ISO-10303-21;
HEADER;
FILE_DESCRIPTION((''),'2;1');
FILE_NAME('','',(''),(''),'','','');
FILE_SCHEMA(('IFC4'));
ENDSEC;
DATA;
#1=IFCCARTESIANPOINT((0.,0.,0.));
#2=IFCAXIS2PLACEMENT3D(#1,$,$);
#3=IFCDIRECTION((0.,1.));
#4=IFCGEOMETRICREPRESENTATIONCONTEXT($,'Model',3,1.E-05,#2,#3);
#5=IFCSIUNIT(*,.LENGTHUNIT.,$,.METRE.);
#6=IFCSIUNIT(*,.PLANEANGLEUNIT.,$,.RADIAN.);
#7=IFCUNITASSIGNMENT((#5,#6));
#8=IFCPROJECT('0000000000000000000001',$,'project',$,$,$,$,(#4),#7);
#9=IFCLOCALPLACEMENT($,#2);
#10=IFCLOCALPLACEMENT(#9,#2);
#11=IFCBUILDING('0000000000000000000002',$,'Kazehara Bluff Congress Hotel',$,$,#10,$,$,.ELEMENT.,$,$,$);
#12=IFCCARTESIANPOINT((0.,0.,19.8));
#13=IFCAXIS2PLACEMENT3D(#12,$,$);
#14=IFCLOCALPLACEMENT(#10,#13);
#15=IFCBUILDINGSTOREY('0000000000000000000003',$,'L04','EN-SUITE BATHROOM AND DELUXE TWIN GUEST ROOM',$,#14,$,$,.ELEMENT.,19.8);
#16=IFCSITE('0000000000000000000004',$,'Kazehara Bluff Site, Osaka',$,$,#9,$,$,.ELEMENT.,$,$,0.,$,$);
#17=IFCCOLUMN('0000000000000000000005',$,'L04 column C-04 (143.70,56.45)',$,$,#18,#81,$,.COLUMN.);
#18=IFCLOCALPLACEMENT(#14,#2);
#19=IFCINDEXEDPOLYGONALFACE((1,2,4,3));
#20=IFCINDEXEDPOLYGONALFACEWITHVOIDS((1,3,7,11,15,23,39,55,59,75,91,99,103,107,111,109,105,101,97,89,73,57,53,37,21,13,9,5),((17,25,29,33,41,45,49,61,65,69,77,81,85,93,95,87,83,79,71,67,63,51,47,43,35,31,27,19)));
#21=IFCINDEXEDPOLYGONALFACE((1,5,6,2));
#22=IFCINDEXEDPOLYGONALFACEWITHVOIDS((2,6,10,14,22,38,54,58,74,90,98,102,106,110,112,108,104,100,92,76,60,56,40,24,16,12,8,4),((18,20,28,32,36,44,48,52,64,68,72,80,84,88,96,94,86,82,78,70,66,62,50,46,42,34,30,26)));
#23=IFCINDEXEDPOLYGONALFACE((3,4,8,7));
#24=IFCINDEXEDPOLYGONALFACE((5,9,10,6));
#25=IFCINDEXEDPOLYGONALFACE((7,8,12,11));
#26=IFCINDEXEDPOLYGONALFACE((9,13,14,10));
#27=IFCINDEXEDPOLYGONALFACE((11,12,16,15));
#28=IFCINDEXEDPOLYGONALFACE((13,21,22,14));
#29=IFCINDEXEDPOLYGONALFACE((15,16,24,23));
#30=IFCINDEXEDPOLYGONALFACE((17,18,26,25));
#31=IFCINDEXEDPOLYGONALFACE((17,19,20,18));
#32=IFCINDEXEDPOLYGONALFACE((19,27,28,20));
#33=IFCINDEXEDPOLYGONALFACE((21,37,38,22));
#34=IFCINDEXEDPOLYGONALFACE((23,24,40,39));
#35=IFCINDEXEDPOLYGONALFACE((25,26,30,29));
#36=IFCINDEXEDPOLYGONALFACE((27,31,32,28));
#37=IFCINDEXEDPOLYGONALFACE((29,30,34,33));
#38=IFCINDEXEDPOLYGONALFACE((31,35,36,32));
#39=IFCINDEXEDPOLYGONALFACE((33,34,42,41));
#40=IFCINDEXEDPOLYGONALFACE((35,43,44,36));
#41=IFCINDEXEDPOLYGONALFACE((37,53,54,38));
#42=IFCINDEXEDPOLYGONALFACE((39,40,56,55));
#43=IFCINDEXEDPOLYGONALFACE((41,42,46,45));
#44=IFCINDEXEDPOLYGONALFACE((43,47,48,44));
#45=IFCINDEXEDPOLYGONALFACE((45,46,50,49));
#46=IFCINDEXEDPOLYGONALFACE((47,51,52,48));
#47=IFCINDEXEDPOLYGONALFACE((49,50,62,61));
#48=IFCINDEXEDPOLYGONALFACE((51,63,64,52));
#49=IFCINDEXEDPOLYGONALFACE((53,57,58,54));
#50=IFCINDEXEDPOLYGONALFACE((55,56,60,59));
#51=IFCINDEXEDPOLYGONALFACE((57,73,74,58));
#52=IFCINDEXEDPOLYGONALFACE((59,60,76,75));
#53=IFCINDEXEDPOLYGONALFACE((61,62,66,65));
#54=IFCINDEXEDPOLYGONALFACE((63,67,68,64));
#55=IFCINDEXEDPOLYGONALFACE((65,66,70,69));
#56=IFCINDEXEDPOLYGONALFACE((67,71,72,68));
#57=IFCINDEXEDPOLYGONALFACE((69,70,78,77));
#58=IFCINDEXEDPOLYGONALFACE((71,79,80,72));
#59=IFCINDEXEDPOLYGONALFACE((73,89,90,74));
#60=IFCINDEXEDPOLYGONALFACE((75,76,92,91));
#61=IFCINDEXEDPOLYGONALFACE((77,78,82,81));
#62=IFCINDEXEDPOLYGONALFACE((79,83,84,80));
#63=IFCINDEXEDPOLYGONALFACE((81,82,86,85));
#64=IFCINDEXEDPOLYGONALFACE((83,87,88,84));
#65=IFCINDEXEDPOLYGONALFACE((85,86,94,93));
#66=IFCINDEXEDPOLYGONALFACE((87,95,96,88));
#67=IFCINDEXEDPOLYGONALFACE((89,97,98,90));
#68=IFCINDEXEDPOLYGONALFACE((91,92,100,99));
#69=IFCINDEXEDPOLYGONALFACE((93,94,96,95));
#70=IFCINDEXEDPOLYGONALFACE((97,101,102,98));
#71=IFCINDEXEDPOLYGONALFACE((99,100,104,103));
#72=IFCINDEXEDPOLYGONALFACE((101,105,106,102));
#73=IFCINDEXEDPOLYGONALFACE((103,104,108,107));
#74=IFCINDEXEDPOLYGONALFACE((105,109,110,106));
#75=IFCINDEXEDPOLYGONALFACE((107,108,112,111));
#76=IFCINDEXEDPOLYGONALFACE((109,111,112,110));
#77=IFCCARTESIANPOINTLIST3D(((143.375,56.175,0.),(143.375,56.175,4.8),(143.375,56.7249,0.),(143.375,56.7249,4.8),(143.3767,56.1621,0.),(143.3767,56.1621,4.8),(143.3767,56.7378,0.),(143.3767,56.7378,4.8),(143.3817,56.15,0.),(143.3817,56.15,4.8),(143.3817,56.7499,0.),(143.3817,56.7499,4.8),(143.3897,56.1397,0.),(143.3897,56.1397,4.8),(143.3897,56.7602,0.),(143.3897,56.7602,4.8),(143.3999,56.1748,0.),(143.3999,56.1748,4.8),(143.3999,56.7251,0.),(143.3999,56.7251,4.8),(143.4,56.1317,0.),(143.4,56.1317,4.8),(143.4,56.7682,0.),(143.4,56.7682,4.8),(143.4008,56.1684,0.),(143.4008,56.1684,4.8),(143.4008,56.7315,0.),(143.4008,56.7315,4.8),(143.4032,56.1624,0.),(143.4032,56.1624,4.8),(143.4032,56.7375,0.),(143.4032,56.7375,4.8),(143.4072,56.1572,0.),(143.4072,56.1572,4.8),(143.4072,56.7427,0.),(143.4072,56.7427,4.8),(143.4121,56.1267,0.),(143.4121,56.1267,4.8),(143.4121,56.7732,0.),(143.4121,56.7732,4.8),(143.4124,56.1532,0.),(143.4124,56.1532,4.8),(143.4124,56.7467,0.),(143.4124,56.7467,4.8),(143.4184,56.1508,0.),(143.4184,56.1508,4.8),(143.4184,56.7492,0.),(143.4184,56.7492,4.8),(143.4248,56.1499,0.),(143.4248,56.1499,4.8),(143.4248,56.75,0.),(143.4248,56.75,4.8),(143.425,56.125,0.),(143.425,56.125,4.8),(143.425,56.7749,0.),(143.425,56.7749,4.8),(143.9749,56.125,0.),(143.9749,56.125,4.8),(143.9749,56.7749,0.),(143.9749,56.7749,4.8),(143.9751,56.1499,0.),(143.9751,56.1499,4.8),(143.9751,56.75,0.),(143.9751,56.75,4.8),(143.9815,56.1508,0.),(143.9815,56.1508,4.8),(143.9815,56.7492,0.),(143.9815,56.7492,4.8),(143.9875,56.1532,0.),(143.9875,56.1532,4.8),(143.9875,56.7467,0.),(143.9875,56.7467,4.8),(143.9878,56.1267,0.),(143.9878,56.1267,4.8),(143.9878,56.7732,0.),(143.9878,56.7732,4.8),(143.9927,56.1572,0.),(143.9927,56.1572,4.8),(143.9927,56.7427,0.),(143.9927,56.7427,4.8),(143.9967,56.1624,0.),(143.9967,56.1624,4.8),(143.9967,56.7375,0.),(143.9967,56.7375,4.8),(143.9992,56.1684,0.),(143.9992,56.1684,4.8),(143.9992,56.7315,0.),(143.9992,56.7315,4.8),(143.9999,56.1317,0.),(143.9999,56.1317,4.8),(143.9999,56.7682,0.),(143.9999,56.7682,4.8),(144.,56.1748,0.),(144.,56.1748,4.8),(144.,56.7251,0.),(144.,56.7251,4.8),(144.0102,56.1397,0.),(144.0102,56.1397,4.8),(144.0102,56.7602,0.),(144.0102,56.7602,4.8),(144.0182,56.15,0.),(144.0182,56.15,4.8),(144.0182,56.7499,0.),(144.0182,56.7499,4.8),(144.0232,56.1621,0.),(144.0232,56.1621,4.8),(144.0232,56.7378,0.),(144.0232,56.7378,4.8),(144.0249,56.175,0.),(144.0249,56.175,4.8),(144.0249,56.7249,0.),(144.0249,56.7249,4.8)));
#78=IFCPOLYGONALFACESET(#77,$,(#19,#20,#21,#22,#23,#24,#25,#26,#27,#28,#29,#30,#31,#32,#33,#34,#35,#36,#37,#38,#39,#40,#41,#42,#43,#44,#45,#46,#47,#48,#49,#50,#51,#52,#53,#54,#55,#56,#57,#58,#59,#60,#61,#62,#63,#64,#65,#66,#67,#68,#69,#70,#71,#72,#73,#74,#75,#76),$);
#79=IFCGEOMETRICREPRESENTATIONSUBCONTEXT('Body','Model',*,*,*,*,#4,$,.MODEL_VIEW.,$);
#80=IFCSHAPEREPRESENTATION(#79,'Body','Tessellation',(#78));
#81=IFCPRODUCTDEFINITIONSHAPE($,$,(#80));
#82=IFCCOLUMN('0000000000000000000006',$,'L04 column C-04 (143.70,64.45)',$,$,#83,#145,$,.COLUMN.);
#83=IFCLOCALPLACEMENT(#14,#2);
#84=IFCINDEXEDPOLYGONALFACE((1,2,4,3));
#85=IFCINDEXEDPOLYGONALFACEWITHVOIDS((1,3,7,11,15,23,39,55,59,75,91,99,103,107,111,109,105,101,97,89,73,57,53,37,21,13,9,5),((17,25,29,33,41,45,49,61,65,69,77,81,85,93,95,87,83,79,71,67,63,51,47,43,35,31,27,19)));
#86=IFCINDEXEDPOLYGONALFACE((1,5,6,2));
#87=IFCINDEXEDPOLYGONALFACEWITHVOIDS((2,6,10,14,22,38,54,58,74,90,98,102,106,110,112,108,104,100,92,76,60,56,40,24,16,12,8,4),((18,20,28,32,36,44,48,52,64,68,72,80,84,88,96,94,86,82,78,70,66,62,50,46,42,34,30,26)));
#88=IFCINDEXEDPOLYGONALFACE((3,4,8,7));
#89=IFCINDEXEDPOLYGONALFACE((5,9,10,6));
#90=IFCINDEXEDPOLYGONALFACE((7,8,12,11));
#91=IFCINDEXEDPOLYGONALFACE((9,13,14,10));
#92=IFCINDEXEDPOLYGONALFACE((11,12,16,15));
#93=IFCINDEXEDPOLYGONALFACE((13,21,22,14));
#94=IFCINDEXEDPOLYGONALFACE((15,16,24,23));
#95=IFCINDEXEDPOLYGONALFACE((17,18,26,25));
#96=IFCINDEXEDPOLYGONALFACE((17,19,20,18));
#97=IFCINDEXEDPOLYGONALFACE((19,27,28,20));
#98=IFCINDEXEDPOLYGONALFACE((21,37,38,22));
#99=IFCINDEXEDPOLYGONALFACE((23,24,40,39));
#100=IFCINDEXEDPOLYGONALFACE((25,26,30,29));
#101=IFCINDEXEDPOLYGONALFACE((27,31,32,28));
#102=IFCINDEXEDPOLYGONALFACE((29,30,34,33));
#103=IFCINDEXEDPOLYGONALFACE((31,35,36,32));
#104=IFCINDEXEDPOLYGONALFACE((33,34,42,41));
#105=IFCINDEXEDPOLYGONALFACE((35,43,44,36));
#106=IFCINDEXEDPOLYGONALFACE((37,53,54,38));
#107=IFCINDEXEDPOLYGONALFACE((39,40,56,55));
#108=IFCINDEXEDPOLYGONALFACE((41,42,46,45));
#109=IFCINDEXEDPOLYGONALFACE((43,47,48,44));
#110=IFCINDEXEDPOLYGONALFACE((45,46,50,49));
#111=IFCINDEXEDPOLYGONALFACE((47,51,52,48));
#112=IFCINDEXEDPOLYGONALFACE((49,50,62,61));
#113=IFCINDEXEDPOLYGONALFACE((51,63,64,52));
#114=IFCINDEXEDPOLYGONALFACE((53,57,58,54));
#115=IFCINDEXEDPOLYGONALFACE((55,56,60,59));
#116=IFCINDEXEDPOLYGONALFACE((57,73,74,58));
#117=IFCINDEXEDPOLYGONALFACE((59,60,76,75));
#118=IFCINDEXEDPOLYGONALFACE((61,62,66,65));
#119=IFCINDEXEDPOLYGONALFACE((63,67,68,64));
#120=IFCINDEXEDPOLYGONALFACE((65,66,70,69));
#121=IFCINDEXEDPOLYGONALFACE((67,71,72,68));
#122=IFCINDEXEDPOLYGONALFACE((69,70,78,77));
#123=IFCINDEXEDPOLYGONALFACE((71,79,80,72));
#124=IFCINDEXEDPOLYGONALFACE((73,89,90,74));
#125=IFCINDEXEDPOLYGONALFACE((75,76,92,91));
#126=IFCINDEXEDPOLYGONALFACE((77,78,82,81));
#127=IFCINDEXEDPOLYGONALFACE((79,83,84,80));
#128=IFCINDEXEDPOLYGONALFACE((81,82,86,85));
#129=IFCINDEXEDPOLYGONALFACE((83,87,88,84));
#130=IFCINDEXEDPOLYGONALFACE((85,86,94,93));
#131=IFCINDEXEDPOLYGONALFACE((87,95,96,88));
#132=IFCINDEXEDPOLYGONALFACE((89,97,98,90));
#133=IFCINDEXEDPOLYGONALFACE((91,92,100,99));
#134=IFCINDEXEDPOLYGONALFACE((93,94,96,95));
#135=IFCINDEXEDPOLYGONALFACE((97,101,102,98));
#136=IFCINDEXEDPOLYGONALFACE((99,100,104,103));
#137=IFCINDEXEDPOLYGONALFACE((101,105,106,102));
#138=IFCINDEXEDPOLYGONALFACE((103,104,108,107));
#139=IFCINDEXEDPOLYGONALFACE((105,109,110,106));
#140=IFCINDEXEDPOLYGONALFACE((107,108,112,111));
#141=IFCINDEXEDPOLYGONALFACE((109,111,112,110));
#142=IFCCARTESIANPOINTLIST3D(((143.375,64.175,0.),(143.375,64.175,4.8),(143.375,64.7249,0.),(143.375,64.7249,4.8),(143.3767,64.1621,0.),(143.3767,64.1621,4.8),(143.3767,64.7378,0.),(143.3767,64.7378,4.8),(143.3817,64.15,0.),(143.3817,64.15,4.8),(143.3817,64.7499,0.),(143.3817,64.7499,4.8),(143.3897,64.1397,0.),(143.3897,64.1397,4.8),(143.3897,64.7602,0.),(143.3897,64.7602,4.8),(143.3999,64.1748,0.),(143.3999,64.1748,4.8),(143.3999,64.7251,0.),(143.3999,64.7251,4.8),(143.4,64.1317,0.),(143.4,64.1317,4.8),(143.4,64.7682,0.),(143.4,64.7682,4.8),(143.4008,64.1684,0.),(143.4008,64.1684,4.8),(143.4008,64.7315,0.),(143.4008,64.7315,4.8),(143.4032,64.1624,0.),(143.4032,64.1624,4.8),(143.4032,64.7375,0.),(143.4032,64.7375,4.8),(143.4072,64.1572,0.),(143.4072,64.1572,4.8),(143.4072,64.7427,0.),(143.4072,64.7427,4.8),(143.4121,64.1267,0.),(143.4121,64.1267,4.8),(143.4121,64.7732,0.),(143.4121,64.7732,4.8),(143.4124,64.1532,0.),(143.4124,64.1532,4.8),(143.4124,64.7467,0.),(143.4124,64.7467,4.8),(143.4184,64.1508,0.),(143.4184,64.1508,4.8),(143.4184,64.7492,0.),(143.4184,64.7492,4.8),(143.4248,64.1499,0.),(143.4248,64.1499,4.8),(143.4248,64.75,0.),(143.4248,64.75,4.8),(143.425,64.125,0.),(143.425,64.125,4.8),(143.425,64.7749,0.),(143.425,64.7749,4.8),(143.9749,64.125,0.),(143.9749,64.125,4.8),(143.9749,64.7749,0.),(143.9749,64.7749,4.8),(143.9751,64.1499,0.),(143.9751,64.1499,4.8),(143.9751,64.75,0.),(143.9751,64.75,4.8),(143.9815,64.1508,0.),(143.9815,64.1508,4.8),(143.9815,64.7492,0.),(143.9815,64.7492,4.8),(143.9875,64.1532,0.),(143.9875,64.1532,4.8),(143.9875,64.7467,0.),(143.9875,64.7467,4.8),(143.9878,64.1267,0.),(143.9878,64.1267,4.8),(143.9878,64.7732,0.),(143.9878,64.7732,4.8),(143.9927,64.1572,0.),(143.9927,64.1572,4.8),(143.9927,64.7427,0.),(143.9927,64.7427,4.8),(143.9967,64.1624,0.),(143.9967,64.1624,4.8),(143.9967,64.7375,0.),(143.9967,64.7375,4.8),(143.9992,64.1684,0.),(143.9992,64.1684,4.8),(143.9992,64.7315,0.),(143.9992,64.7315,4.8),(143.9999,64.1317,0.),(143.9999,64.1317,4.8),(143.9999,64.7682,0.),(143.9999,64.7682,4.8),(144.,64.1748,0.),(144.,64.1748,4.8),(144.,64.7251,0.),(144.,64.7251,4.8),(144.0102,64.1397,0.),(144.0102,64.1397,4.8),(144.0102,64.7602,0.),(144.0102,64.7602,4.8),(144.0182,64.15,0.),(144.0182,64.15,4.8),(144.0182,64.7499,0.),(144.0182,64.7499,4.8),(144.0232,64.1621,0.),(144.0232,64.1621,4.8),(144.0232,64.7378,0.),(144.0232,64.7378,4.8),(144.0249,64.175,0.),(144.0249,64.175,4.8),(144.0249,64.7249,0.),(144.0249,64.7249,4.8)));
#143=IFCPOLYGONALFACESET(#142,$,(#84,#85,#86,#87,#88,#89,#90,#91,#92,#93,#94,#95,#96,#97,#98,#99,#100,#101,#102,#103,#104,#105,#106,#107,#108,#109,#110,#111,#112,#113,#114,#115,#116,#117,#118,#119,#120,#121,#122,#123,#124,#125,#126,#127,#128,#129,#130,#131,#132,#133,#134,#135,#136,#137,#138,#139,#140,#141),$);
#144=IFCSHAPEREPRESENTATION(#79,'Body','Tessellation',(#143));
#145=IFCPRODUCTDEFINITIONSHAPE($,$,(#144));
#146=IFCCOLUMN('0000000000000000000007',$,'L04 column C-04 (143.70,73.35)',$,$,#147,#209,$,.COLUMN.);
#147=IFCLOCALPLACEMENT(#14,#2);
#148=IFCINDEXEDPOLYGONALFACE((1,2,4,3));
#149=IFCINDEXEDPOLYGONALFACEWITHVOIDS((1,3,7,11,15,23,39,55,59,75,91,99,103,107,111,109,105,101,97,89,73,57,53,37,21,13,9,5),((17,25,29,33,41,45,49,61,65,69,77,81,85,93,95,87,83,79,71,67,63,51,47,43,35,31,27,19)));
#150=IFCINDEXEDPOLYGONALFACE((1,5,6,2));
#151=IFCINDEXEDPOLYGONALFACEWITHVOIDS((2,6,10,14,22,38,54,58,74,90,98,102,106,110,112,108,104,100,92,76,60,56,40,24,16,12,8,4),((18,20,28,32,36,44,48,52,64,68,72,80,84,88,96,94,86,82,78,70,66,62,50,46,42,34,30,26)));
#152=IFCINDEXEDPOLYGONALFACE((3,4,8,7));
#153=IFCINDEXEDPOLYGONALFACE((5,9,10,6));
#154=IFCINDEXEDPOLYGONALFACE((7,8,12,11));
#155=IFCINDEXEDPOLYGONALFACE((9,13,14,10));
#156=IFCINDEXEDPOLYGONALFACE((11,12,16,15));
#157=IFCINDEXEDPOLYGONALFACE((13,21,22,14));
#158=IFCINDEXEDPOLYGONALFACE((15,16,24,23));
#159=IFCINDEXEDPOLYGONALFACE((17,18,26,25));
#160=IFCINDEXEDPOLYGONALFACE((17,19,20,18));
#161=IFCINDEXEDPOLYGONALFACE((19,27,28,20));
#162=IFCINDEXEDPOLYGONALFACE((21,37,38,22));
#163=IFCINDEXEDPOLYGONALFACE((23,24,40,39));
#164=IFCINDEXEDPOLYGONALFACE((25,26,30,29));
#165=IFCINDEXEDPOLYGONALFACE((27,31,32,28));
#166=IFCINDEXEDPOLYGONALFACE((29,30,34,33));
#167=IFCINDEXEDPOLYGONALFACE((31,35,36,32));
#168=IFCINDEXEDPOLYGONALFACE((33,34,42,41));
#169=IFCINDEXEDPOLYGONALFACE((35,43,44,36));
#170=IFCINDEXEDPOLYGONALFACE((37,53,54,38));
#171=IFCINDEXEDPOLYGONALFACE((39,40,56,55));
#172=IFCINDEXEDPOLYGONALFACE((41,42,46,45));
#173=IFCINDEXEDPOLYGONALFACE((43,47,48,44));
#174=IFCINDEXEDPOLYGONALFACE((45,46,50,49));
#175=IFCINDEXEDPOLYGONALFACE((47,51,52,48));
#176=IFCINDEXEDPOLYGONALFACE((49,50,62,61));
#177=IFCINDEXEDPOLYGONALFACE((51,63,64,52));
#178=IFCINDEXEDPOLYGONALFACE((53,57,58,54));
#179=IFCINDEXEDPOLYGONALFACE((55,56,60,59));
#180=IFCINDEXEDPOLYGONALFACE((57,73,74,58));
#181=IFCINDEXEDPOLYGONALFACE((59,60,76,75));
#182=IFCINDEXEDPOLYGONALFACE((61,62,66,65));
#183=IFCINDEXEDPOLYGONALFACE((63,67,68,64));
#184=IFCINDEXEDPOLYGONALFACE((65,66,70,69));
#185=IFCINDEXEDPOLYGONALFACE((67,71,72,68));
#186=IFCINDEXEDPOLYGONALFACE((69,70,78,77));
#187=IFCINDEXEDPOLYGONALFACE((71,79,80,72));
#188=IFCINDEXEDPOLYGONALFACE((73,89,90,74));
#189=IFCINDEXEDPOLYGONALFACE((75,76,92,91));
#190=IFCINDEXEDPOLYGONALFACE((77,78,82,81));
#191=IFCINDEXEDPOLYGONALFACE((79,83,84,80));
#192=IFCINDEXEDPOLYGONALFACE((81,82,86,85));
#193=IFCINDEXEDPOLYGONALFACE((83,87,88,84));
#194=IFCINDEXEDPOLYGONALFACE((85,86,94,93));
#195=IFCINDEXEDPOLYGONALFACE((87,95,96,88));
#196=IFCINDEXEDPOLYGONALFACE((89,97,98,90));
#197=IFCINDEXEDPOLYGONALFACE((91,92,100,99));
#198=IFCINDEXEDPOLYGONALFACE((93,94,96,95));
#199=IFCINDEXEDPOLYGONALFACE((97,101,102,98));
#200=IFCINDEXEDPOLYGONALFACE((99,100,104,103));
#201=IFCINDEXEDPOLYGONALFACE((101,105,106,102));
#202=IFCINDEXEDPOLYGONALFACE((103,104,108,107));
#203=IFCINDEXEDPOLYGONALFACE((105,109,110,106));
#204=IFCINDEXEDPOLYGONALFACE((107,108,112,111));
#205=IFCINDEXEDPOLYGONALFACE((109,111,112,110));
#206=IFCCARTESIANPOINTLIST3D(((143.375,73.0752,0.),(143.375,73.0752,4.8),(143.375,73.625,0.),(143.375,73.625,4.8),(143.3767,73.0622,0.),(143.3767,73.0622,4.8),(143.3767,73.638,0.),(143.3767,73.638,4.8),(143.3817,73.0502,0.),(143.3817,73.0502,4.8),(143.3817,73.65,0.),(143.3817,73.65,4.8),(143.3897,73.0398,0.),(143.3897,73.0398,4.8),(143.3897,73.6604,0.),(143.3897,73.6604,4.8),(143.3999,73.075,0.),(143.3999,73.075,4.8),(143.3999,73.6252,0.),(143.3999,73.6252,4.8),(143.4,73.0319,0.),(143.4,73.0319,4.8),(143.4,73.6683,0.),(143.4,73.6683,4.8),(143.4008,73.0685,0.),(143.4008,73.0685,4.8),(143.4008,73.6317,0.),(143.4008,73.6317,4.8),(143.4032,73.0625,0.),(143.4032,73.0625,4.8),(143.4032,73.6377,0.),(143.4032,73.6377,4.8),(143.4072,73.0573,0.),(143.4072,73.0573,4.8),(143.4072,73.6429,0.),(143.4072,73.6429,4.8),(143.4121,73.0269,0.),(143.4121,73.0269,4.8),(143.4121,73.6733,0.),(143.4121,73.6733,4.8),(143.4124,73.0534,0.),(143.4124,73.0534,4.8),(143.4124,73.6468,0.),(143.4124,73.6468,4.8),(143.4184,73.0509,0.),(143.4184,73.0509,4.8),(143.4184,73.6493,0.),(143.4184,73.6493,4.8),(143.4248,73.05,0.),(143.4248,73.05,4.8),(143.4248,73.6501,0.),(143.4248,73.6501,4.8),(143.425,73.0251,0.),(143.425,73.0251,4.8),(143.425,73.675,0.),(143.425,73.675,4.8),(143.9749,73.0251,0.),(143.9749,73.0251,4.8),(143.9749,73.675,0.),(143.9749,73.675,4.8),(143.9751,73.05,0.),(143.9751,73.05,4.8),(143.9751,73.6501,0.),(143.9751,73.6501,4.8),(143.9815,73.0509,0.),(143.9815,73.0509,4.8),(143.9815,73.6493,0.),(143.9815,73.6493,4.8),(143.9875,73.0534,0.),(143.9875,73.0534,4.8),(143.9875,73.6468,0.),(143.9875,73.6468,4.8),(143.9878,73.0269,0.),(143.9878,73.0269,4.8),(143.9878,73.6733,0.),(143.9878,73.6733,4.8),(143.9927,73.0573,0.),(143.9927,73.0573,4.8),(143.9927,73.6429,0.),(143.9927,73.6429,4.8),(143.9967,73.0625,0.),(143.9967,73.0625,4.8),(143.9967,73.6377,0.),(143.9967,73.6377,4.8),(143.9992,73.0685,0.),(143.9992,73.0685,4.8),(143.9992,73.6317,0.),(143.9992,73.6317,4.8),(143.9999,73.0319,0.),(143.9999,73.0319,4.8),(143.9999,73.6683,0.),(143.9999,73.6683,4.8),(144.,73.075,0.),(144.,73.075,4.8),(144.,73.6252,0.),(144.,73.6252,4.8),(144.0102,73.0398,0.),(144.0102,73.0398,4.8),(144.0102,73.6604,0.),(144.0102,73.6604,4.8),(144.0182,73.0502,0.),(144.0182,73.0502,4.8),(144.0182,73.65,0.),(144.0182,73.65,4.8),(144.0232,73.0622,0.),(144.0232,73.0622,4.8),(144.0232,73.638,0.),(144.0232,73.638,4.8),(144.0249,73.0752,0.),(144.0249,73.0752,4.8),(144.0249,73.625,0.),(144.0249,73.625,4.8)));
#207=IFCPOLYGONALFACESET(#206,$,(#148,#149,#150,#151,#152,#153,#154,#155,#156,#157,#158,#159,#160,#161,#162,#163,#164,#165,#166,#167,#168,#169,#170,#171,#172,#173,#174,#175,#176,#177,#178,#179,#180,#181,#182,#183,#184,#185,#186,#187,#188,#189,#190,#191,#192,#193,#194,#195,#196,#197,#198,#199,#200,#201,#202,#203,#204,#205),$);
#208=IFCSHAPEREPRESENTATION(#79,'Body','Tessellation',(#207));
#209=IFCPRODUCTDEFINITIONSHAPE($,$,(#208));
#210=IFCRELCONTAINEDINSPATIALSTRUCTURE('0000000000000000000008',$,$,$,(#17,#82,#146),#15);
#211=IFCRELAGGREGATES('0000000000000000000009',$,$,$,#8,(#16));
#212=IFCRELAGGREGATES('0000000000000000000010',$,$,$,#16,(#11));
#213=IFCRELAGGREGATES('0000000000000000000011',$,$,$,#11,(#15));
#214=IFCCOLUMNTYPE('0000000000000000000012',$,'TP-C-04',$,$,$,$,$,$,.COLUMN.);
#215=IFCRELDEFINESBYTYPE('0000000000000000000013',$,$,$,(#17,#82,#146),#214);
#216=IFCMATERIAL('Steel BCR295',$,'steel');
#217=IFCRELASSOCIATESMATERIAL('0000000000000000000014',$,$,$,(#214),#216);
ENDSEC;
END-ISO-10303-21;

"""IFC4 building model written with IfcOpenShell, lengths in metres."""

from ifc_helpers import new_model, si_unit, direction, frame, origin, origin_2d, place, context, subcontext, project, spatial, hollow_rectangle, extrude, material, material_profile, profile_set, type_object, element, save


model = new_model("IFC4")

# Units and contexts
model_context = context("Model", 3, precision=1e-05, world=origin(), true_north=direction((0.0, 1.0)))
body_context = subcontext(model_context, "Body", "Model", "MODEL_VIEW")
ifc_project = project(units=[si_unit("LENGTHUNIT", "METRE"), si_unit("PLANEANGLEUNIT", "RADIAN")], contexts=[model_context])

# Site, building, storey
site_placement = place(None, origin())
site = spatial("IfcSite", under=ifc_project, at=site_placement, Name="Kazehara Bluff Site, Osaka", CompositionType="ELEMENT", RefElevation=0.0)
building_placement = place(site_placement, origin())
building = spatial("IfcBuilding", under=site, at=building_placement, Name="Kazehara Bluff Congress Hotel", CompositionType="ELEMENT")
storey_placement = place(building_placement, frame((0.0, 0.0, 19.8)))
storey = spatial("IfcBuildingStorey", under=building, at=storey_placement, Name="L04", Description="EN-SUITE BATHROOM AND DELUXE TWIN GUEST ROOM", CompositionType="ELEMENT", Elevation=19.8)

# Columns
ifc_material_1 = material(Name="Steel BCR295", Category="steel")
ifc_material_profile_1 = material_profile(ifc_material_1, hollow_rectangle(XDim=0.6499, YDim=0.6499, WallThickness=0.0249, InnerFilletRadius=0.0249, OuterFilletRadius=0.05, at=origin_2d()))
ifc_profile_set_1 = profile_set([ifc_material_profile_1], Name="Steel BCR295")
column_type = type_object("IfcColumnType", Name="TP-C-04", PredefinedType="COLUMN", material=ifc_profile_set_1)
for number, where, z_axis, x_axis, name in (
    (1, (143.7, 56.45, 0.0), (0.0, 0.0, 1.0), (1.0, 0.0, 0.0), "L04 column C-04 (143.70,56.45)"),
    (2, (143.7, 64.45, 0.0), (0.0, 0.0, 1.0), (1.0, 0.0, 0.0), "L04 column C-04 (143.70,64.45)"),
    (3, (143.7, 73.3501, 0.0), (0.0, 0.0, 1.0), (1.0, 0.0, 0.0), "L04 column C-04 (143.70,73.35)"),
):
    element("IfcColumn", number, at=place(storey_placement, frame(where, z_axis=z_axis, x_axis=x_axis)), inside=storey, type_object=column_type, Name=name, PredefinedType="COLUMN", context=body_context, shape_type="SweptSolid", body=[
        extrude(hollow_rectangle(XDim=0.6499, YDim=0.6499, WallThickness=0.0249, InnerFilletRadius=0.0249, OuterFilletRadius=0.05, at=origin_2d()), origin(), (0.0, 0.0, 1.0), 4.8),
    ])

save(model, "model.ifc")
